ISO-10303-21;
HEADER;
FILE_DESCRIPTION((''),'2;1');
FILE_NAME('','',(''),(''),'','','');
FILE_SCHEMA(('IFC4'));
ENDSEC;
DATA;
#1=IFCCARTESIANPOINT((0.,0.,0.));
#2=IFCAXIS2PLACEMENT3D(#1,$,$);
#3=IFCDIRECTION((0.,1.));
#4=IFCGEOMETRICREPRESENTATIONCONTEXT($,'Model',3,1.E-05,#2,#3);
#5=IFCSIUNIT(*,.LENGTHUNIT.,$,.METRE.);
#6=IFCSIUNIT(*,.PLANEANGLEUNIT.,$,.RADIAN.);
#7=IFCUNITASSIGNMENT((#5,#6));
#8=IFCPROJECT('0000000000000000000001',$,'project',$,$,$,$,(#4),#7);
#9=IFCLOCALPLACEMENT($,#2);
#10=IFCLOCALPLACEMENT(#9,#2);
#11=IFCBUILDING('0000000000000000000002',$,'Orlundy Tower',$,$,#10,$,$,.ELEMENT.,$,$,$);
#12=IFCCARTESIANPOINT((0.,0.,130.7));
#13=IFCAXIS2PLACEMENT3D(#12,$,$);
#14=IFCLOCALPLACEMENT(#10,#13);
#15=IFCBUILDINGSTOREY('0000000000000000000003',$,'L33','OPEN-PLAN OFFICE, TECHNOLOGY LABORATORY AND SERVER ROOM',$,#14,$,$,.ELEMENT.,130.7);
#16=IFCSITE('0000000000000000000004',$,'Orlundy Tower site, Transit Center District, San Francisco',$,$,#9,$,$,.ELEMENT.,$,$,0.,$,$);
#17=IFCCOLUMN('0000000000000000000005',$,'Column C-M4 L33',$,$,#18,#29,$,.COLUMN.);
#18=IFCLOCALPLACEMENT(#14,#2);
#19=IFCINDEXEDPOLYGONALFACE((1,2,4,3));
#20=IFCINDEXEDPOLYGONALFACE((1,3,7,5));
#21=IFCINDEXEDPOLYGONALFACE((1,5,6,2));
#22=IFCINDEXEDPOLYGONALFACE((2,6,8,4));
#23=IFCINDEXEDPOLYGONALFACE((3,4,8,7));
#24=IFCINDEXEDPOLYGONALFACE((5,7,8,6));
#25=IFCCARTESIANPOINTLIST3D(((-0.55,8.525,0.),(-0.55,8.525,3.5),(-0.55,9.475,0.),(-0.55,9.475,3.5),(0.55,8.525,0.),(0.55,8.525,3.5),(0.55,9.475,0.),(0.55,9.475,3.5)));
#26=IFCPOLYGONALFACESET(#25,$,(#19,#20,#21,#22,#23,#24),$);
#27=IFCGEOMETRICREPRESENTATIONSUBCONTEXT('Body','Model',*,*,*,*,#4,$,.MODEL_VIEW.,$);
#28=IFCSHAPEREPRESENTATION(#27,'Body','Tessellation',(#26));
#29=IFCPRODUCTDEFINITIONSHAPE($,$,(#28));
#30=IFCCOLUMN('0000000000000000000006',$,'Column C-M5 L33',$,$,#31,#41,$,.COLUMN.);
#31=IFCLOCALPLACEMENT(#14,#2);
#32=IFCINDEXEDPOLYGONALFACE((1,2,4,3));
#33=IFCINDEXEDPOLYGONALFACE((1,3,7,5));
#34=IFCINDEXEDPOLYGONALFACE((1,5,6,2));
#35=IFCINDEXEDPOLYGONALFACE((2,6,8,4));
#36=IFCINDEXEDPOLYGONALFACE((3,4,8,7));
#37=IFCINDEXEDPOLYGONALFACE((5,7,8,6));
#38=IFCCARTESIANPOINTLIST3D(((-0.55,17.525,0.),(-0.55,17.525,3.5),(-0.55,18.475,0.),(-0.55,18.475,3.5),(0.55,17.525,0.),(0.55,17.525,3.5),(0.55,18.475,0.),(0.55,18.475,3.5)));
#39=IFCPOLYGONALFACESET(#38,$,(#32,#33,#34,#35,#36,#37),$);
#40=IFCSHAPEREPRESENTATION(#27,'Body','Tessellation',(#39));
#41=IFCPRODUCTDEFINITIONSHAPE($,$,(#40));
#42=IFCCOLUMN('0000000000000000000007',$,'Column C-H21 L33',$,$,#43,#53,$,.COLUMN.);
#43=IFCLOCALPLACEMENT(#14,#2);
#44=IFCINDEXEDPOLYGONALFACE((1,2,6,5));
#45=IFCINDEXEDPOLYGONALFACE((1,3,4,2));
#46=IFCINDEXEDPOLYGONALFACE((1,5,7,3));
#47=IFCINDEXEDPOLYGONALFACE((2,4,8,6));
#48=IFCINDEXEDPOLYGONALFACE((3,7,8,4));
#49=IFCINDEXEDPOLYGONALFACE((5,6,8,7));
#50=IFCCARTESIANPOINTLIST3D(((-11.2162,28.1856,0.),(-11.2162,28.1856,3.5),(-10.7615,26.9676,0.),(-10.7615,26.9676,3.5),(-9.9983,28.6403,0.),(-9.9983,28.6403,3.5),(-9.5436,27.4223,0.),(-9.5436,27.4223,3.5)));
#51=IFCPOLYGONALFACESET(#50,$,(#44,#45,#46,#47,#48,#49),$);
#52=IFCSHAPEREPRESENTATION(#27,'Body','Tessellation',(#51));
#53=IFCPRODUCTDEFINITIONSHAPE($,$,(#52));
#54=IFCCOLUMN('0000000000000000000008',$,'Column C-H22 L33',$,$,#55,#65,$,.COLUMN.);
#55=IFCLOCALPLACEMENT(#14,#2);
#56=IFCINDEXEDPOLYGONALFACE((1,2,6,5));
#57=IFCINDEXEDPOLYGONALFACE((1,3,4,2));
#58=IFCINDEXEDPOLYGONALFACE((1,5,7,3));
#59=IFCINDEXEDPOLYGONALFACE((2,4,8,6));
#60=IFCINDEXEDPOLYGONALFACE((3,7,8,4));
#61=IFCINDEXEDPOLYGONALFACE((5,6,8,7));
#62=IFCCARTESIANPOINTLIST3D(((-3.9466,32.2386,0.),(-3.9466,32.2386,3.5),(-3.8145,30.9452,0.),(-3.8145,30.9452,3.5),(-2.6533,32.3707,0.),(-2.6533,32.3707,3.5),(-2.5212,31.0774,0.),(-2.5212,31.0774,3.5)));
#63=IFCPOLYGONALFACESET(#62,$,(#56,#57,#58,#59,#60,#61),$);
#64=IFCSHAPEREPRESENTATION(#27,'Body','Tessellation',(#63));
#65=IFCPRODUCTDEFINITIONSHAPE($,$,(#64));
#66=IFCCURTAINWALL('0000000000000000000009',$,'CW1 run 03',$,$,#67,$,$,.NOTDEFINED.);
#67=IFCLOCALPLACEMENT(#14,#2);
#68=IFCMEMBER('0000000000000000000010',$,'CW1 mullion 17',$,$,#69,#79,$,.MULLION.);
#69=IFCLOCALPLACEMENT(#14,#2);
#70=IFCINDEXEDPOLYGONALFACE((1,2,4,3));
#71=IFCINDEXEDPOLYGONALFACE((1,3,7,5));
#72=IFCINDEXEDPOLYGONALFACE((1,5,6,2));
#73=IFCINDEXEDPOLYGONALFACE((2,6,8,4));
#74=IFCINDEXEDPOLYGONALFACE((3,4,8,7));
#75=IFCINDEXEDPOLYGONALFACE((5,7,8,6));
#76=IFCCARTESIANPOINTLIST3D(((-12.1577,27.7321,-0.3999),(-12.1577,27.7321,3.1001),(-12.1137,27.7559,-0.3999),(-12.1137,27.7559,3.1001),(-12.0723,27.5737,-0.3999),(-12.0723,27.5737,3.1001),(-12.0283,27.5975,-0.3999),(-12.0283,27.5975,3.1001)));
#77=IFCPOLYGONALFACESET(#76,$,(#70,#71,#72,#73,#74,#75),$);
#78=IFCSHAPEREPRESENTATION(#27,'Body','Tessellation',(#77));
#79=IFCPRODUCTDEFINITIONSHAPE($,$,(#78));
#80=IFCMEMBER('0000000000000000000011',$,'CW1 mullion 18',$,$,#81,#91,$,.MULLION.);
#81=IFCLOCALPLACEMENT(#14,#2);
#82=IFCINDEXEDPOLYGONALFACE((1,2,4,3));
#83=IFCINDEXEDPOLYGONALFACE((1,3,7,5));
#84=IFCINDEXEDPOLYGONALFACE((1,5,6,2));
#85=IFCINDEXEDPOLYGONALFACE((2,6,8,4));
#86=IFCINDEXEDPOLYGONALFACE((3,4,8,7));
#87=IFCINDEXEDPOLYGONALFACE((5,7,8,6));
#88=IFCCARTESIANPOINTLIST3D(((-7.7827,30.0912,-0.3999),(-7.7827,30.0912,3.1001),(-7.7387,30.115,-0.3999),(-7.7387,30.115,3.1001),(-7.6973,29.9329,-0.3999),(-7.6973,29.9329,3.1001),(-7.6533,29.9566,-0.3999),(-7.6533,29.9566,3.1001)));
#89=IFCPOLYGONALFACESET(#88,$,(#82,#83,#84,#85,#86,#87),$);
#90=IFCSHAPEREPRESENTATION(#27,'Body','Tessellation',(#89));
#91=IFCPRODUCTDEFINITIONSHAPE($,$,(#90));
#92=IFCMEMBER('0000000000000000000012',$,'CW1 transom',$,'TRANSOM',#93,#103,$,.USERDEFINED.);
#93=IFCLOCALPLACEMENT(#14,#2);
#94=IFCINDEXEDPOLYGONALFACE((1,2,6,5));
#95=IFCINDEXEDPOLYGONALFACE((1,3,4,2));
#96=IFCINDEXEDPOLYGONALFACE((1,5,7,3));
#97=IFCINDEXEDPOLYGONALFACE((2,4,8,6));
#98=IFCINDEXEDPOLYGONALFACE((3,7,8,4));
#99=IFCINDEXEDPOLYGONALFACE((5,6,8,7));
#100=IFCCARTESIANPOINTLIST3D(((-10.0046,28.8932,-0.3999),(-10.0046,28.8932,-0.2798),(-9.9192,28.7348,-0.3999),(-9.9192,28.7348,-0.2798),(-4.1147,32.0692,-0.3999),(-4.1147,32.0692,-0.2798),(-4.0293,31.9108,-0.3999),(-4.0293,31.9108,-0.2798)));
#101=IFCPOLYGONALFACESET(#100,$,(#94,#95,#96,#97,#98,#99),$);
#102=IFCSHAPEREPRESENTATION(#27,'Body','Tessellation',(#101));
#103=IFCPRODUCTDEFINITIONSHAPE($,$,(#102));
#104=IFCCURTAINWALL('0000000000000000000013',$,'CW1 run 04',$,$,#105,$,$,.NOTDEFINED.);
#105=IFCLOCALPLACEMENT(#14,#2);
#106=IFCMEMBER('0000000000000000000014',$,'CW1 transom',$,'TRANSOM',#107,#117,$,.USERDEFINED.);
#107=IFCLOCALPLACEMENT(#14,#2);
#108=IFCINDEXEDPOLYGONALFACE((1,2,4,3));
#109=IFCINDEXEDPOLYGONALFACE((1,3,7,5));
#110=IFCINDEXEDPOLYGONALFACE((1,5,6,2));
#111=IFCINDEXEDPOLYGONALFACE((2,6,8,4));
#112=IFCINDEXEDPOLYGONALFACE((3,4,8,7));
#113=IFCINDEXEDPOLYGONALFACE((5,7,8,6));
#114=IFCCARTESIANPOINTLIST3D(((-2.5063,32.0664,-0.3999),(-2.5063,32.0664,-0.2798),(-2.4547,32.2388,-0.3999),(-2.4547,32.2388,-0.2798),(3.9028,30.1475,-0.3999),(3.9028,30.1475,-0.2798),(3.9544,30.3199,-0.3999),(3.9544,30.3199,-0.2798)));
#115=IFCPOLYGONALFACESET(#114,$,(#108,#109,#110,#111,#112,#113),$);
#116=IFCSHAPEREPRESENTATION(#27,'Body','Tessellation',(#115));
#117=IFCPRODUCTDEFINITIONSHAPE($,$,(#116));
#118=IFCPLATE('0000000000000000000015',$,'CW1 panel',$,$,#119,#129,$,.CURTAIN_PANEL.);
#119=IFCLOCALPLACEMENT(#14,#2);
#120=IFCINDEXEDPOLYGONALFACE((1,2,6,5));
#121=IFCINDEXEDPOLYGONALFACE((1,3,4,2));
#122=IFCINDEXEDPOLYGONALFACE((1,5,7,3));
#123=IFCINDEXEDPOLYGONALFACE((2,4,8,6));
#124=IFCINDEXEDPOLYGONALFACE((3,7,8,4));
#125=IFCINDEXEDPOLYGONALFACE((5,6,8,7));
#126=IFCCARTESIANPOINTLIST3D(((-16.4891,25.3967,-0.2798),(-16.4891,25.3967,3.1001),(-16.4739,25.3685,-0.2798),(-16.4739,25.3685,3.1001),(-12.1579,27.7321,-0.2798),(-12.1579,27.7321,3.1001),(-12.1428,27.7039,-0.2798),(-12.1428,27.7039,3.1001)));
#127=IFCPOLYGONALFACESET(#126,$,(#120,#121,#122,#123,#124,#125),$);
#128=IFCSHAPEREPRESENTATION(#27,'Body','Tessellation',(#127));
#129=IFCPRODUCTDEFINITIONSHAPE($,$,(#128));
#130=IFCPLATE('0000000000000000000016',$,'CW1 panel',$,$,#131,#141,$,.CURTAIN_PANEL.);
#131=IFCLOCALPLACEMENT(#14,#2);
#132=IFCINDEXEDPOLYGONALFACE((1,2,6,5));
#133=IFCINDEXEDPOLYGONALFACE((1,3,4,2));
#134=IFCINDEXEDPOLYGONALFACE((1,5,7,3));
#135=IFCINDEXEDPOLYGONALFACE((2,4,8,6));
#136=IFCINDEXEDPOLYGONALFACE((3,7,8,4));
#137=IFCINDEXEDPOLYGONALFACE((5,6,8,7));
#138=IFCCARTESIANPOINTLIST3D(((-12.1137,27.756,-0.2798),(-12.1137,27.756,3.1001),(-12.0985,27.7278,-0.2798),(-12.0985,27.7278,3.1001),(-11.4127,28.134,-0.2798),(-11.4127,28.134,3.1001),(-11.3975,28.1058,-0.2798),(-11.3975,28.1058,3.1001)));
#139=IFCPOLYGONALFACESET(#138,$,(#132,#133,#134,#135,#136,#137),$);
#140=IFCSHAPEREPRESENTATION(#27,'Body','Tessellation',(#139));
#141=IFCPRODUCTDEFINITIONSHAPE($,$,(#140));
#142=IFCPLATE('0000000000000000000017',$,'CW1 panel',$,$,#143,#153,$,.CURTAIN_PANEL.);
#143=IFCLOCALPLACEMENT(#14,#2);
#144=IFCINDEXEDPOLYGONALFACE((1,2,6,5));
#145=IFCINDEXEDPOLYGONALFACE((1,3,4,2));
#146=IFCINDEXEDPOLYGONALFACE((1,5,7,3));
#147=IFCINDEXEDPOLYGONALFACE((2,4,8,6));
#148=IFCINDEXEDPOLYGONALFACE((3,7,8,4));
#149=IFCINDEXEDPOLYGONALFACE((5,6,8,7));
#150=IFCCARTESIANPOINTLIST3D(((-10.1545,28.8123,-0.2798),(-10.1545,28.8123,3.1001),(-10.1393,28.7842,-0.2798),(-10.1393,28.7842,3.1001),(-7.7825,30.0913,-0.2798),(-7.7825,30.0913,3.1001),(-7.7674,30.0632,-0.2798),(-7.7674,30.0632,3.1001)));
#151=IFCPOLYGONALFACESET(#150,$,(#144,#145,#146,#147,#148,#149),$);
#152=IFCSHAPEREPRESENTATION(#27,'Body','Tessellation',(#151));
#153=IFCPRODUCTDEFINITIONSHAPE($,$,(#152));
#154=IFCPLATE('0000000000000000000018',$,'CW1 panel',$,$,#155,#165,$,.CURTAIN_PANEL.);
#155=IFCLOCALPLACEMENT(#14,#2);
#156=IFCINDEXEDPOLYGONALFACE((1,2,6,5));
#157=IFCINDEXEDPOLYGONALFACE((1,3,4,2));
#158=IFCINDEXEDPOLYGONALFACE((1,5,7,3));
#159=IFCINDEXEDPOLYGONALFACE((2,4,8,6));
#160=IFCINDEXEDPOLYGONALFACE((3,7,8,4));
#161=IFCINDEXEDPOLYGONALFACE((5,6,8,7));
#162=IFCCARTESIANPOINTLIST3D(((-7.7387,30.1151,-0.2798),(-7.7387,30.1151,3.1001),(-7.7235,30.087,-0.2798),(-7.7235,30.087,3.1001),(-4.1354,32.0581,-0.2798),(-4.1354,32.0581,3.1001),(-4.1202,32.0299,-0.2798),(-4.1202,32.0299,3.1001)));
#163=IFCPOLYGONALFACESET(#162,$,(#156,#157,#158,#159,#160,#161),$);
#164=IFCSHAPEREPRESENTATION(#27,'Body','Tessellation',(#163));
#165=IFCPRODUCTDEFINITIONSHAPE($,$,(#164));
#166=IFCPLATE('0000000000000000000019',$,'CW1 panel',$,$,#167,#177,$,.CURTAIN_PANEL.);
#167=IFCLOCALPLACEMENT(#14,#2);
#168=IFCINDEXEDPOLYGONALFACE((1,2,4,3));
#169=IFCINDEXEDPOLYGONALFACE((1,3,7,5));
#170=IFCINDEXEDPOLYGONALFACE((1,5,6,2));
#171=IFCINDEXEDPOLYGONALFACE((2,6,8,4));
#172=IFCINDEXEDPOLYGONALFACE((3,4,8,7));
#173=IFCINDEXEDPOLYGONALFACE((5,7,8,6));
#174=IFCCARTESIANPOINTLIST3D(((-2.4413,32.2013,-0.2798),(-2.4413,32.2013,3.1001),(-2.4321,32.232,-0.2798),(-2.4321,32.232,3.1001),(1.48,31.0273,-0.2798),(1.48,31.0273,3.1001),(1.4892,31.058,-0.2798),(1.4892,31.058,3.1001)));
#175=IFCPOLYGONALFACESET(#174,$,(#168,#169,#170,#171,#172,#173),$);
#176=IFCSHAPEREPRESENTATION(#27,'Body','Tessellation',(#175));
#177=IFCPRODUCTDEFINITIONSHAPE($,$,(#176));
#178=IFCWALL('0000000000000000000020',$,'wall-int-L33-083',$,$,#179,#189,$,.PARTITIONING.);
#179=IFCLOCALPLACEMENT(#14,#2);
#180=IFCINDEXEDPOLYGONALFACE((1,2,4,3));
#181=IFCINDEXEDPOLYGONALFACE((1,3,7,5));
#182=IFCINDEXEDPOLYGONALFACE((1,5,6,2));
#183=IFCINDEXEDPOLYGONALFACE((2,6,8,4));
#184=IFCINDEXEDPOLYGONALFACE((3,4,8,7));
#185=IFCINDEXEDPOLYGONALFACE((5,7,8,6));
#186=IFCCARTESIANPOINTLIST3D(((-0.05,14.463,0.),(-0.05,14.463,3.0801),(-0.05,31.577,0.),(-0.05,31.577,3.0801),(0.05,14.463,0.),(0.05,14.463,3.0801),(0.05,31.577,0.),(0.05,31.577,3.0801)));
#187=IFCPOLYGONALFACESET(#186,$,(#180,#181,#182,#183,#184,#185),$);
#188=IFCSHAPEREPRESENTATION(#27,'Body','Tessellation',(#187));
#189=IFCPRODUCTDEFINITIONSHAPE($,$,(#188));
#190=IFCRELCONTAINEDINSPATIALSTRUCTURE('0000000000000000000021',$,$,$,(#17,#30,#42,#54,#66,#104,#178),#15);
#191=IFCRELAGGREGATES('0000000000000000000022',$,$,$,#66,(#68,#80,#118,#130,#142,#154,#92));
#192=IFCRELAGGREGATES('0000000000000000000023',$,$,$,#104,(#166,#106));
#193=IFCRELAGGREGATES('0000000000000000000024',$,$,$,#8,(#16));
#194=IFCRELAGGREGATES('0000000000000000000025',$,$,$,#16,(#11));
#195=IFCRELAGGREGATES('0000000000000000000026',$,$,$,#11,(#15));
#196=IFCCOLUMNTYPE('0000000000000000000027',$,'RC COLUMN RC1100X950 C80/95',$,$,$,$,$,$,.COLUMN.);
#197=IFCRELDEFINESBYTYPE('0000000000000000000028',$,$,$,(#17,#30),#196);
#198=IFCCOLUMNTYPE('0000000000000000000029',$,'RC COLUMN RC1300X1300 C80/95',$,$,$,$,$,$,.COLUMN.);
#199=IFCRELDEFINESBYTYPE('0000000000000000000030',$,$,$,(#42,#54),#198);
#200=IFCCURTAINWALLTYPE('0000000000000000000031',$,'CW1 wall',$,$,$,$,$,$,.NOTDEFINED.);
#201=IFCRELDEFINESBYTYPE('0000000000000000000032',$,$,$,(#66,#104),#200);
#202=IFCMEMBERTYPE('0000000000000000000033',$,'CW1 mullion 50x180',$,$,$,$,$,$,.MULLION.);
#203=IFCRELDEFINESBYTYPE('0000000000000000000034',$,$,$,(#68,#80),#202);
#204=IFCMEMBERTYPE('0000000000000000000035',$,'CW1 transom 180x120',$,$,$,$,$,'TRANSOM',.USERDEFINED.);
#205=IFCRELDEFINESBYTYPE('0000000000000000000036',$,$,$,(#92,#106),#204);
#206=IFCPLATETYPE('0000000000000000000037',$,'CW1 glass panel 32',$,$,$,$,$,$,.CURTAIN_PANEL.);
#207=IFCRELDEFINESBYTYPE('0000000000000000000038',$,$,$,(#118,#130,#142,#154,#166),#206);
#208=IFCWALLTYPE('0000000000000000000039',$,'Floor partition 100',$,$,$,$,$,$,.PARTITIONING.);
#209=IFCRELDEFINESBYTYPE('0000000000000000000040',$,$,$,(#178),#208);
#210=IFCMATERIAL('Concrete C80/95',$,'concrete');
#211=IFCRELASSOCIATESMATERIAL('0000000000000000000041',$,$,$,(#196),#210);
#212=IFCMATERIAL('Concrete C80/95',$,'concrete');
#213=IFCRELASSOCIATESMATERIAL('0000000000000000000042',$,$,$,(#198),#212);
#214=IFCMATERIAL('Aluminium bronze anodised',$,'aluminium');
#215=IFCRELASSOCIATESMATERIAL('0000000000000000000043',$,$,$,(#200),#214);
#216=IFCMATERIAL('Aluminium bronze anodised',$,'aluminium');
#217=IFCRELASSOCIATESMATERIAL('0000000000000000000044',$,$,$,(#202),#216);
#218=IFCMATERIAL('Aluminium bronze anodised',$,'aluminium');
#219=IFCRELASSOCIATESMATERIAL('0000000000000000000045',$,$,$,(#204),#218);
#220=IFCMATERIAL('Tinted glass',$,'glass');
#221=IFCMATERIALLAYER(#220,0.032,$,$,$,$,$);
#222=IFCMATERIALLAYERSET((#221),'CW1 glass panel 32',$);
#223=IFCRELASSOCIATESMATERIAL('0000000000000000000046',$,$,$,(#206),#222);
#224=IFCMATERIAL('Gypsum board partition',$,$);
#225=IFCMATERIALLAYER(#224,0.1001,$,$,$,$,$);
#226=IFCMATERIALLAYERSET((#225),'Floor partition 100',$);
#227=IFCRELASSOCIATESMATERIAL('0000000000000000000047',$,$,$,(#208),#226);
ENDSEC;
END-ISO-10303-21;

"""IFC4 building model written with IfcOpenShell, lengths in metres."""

from ifc_helpers import new_model, si_unit, direction, frame, frame_2d, origin, origin_2d, place, context, subcontext, project, spatial, rectangle, extrude, material, layer, layer_set, material_profile, profile_set, type_object, element, aggregate, save


model = new_model("IFC4")

# Units and contexts
model_context = context("Model", 3, precision=1e-05, world=origin(), true_north=direction((0.0, 1.0)))
body_context = subcontext(model_context, "Body", "Model", "MODEL_VIEW")
ifc_project = project(units=[si_unit("LENGTHUNIT", "METRE"), si_unit("PLANEANGLEUNIT", "RADIAN")], contexts=[model_context])

# Site, building, storey
site_placement = place(None, origin())
site = spatial("IfcSite", under=ifc_project, at=site_placement, Name="Orlundy Tower site, Transit Center District, San Francisco", CompositionType="ELEMENT", RefElevation=0.0)
building_placement = place(site_placement, origin())
building = spatial("IfcBuilding", under=site, at=building_placement, Name="Orlundy Tower", CompositionType="ELEMENT")
storey_placement = place(building_placement, frame((0.0, 0.0, 130.7)))
storey = spatial("IfcBuildingStorey", under=building, at=storey_placement, Name="L33", Description="OPEN-PLAN OFFICE, TECHNOLOGY LABORATORY AND SERVER ROOM", CompositionType="ELEMENT", Elevation=130.7)

# Columns
ifc_material_1 = material(Name="Concrete C80/95", Category="concrete")
ifc_material_profile_1 = material_profile(ifc_material_1, rectangle(XDim=1.1001, YDim=0.95, at=origin_2d()), Name="RC1100X950")
ifc_profile_set_1 = profile_set([ifc_material_profile_1], Name="Concrete C80/95")
column_type_1 = type_object("IfcColumnType", Name="RC COLUMN RC1100X950 C80/95", PredefinedType="COLUMN", material=ifc_profile_set_1)
for number, where, z_axis, x_axis, name in (
    (1, (0.0, 9.0, 0.0), (0.0, 0.0, 1.0), (1.0, 0.0, 0.0), "Column C-M4 L33"),
    (2, (0.0, 18.0, 0.0), (0.0, 0.0, 1.0), (1.0, 0.0, 0.0), "Column C-M5 L33"),
):
    element("IfcColumn", number, at=place(storey_placement, frame(where, z_axis=z_axis, x_axis=x_axis)), inside=storey, type_object=column_type_1, Name=name, PredefinedType="COLUMN", context=body_context, shape_type="SweptSolid", body=[
        extrude(rectangle(XDim=1.1001, YDim=0.95, at=origin_2d()), origin(), (0.0, 0.0, 1.0), 3.5),
    ])
ifc_material_2 = material(Name="Concrete C80/95", Category="concrete")
ifc_material_profile_2 = material_profile(ifc_material_2, rectangle(XDim=1.3, YDim=1.3, at=origin_2d()), Name="RC1300X1300")
ifc_profile_set_2 = profile_set([ifc_material_profile_2], Name="Concrete C80/95")
column_type_2 = type_object("IfcColumnType", Name="RC COLUMN RC1300X1300 C80/95", PredefinedType="COLUMN", material=ifc_profile_set_2)
for number, where, z_axis, x_axis, name in (
    (3, (-10.3799, 27.804, 0.0), (0.0, 0.0, 1.0), (-0.34975, 0.936843, 0.0), "Column C-H21 L33"),
    (4, (-3.2339, 31.658, 0.0), (0.0, 0.0, 1.0), (-0.101629, 0.994822, 0.0), "Column C-H22 L33"),
):
    element("IfcColumn", number, at=place(storey_placement, frame(where, z_axis=z_axis, x_axis=x_axis)), inside=storey, type_object=column_type_2, Name=name, PredefinedType="COLUMN", context=body_context, shape_type="SweptSolid", body=[
        extrude(rectangle(XDim=1.3, YDim=1.3, at=origin_2d()), origin(), (0.0, 0.0, 1.0), 3.5),
    ])

# Curtain wall, members
ifc_material_3 = material(Name="Aluminium bronze anodised", Category="aluminium")
curtain_wall_type = type_object("IfcCurtainWallType", Name="CW1 wall", PredefinedType="NOTDEFINED", material=ifc_material_3)
curtain_wall_1_placement = place(storey_placement, origin())
curtain_wall_1 = element("IfcCurtainWall", 5, at=curtain_wall_1_placement, inside=storey, type_object=curtain_wall_type, Name="CW1 run 03", PredefinedType="NOTDEFINED")
ifc_material_4 = material(Name="Aluminium bronze anodised", Category="aluminium")
ifc_material_profile_3 = material_profile(ifc_material_4, rectangle(XDim=0.1799, YDim=0.05, at=origin_2d()), Name="CW1 mullion 50x180")
ifc_profile_set_3 = profile_set([ifc_material_profile_3], Name="Aluminium bronze anodised")
member_type_1 = type_object("IfcMemberType", Name="CW1 mullion 50x180", PredefinedType="MULLION", material=ifc_profile_set_3)
member_1_placement = place(storey_placement, frame((-12.093, 27.6648, -0.3999), z_axis=(0.0, 0.0, 1.0), x_axis=(-0.474618, 0.880192, 0.0)))
member_1 = element("IfcMember", 6, at=member_1_placement, type_object=member_type_1, Name="CW1 mullion 17", PredefinedType="MULLION", context=body_context, shape_type="SweptSolid", body=[
    extrude(rectangle(XDim=0.1799, YDim=0.05, at=origin_2d()), origin(), (0.0, 0.0, 1.0), 3.5),
])
member_2_placement = place(storey_placement, frame((-7.718, 30.0239, -0.3999), z_axis=(0.0, 0.0, 1.0), x_axis=(-0.474618, 0.880192, 0.0)))
member_2 = element("IfcMember", 7, at=member_2_placement, type_object=member_type_1, Name="CW1 mullion 18", PredefinedType="MULLION", context=body_context, shape_type="SweptSolid", body=[
    extrude(rectangle(XDim=0.1799, YDim=0.05, at=origin_2d()), origin(), (0.0, 0.0, 1.0), 3.5),
])
ifc_material_5 = material(Name="Aluminium bronze anodised", Category="aluminium")
ifc_material_profile_4 = material_profile(ifc_material_5, rectangle(XDim=0.1799, YDim=0.1201, at=origin_2d()), Name="CW1 transom 180x120")
ifc_profile_set_4 = profile_set([ifc_material_profile_4], Name="Aluminium bronze anodised")
member_type_2 = type_object("IfcMemberType", Name="CW1 transom 180x120", ElementType="TRANSOM", PredefinedType="USERDEFINED", material=ifc_profile_set_4)
member_3_placement = place(storey_placement, frame((-9.9619, 28.814, -0.3398), z_axis=(0.880187, 0.474626, 0.0), x_axis=(-0.474626, 0.880187, 0.0)))
member_3 = element("IfcMember", 8, at=member_3_placement, type_object=member_type_2, Name="CW1 transom", ObjectType="TRANSOM", PredefinedType="USERDEFINED", context=body_context, shape_type="SweptSolid", body=[
    extrude(rectangle(XDim=0.1799, YDim=0.1201, at=origin_2d()), origin(), (0.0, 0.0, 1.0), 6.6917),
])

# Curtain wall, member
curtain_wall_2_placement = place(storey_placement, origin())
curtain_wall_2 = element("IfcCurtainWall", 9, at=curtain_wall_2_placement, inside=storey, type_object=curtain_wall_type, Name="CW1 run 04", PredefinedType="NOTDEFINED")
member_4_placement = place(storey_placement, frame((-2.4805, 32.1526, -0.3398), z_axis=(0.957983, -0.286826, 0.0), x_axis=(0.286826, 0.957983, 0.0)))
member_4 = element("IfcMember", 10, at=member_4_placement, type_object=member_type_2, Name="CW1 transom", ObjectType="TRANSOM", PredefinedType="USERDEFINED", context=body_context, shape_type="SweptSolid", body=[
    extrude(rectangle(XDim=0.1799, YDim=0.1201, at=origin_2d()), origin(), (0.0, 0.0, 1.0), 6.6902),
])

# Plates
ifc_material_6 = material(Name="Tinted glass", Category="glass")
ifc_layer_1 = layer(ifc_material_6, 0.032)
ifc_layer_set_1 = layer_set([ifc_layer_1], Name="CW1 glass panel 32")
plate_type = type_object("IfcPlateType", Name="CW1 glass panel 32", PredefinedType="CURTAIN_PANEL", material=ifc_layer_set_1)
plate_1_placement = place(storey_placement, frame((-14.3159, 26.5503, -0.2798), z_axis=(0.0, 0.0, 1.0), x_axis=(0.880192, 0.474618, 0.0)))
plate_1 = element("IfcPlate", 11, at=plate_1_placement, type_object=plate_type, Name="CW1 panel", PredefinedType="CURTAIN_PANEL", context=body_context, shape_type="SweptSolid", body=[
    extrude(rectangle(XDim=4.9207, YDim=0.032, at=origin_2d()), origin(), (0.0, 0.0, 1.0), 3.3799),
])
plate_2_placement = place(storey_placement, frame((-11.7556, 27.9309, -0.2798), z_axis=(0.0, 0.0, 1.0), x_axis=(0.880192, 0.474618, 0.0)))
plate_2 = element("IfcPlate", 12, at=plate_2_placement, type_object=plate_type, Name="CW1 panel", PredefinedType="CURTAIN_PANEL", context=body_context, shape_type="SweptSolid", body=[
    extrude(rectangle(XDim=0.7964, YDim=0.032, at=origin_2d()), origin(), (0.0, 0.0, 1.0), 3.3799),
])
plate_3_placement = place(storey_placement, frame((-8.9609, 29.4377, -0.2798), z_axis=(0.0, 0.0, 1.0), x_axis=(0.880192, 0.474618, 0.0)))
plate_3 = element("IfcPlate", 13, at=plate_3_placement, type_object=plate_type, Name="CW1 panel", PredefinedType="CURTAIN_PANEL", context=body_context, shape_type="SweptSolid", body=[
    extrude(rectangle(XDim=2.6948, YDim=0.032, at=origin_2d()), origin(), (0.0, 0.0, 1.0), 3.3799),
])
plate_4_placement = place(storey_placement, frame((-5.9294, 31.0725, -0.2798), z_axis=(0.0, 0.0, 1.0), x_axis=(0.880192, 0.474618, 0.0)))
plate_4 = element("IfcPlate", 14, at=plate_4_placement, type_object=plate_type, Name="CW1 panel", PredefinedType="CURTAIN_PANEL", context=body_context, shape_type="SweptSolid", body=[
    extrude(rectangle(XDim=4.0938, YDim=0.032, at=origin_2d()), origin(), (0.0, 0.0, 1.0), 3.3799),
])
aggregate(curtain_wall_1, [member_1, member_2, plate_1, plate_2, plate_3, plate_4, member_3])
plate_5_placement = place(storey_placement, frame((-0.4761, 31.6296, -0.2798), z_axis=(0.0, 0.0, 1.0), x_axis=(0.957986, -0.286816, 0.0)))
plate_5 = element("IfcPlate", 15, at=plate_5_placement, type_object=plate_type, Name="CW1 panel", PredefinedType="CURTAIN_PANEL", context=body_context, shape_type="SweptSolid", body=[
    extrude(rectangle(XDim=4.0933, YDim=0.032, at=origin_2d()), origin(), (0.0, 0.0, 1.0), 3.3799),
])
aggregate(curtain_wall_2, [plate_5, member_4])

# Wall
ifc_material_7 = material(Name="Gypsum board partition")
ifc_layer_2 = layer(ifc_material_7, 0.1001)
ifc_layer_set_2 = layer_set([ifc_layer_2], Name="Floor partition 100")
wall_type_1 = type_object("IfcWallType", Name="Floor partition 100", PredefinedType="PARTITIONING", material=ifc_layer_set_2)
wall_1_placement = place(storey_placement, frame((0.0, 14.4629, 0.0), z_axis=(0.0, 0.0, 1.0), x_axis=(0.0, 1.0, 0.0)))
element("IfcWall", 16, at=wall_1_placement, inside=storey, type_object=wall_type_1, Name="wall-int-L33-083", PredefinedType="PARTITIONING", context=body_context, shape_type="SweptSolid", body=[
    extrude(rectangle(XDim=17.114, YDim=0.1001, at=frame_2d((8.5571, 0.0))), origin(), (0.0, 0.0, 1.0), 3.0801),
])

save(model, "model.ifc")
